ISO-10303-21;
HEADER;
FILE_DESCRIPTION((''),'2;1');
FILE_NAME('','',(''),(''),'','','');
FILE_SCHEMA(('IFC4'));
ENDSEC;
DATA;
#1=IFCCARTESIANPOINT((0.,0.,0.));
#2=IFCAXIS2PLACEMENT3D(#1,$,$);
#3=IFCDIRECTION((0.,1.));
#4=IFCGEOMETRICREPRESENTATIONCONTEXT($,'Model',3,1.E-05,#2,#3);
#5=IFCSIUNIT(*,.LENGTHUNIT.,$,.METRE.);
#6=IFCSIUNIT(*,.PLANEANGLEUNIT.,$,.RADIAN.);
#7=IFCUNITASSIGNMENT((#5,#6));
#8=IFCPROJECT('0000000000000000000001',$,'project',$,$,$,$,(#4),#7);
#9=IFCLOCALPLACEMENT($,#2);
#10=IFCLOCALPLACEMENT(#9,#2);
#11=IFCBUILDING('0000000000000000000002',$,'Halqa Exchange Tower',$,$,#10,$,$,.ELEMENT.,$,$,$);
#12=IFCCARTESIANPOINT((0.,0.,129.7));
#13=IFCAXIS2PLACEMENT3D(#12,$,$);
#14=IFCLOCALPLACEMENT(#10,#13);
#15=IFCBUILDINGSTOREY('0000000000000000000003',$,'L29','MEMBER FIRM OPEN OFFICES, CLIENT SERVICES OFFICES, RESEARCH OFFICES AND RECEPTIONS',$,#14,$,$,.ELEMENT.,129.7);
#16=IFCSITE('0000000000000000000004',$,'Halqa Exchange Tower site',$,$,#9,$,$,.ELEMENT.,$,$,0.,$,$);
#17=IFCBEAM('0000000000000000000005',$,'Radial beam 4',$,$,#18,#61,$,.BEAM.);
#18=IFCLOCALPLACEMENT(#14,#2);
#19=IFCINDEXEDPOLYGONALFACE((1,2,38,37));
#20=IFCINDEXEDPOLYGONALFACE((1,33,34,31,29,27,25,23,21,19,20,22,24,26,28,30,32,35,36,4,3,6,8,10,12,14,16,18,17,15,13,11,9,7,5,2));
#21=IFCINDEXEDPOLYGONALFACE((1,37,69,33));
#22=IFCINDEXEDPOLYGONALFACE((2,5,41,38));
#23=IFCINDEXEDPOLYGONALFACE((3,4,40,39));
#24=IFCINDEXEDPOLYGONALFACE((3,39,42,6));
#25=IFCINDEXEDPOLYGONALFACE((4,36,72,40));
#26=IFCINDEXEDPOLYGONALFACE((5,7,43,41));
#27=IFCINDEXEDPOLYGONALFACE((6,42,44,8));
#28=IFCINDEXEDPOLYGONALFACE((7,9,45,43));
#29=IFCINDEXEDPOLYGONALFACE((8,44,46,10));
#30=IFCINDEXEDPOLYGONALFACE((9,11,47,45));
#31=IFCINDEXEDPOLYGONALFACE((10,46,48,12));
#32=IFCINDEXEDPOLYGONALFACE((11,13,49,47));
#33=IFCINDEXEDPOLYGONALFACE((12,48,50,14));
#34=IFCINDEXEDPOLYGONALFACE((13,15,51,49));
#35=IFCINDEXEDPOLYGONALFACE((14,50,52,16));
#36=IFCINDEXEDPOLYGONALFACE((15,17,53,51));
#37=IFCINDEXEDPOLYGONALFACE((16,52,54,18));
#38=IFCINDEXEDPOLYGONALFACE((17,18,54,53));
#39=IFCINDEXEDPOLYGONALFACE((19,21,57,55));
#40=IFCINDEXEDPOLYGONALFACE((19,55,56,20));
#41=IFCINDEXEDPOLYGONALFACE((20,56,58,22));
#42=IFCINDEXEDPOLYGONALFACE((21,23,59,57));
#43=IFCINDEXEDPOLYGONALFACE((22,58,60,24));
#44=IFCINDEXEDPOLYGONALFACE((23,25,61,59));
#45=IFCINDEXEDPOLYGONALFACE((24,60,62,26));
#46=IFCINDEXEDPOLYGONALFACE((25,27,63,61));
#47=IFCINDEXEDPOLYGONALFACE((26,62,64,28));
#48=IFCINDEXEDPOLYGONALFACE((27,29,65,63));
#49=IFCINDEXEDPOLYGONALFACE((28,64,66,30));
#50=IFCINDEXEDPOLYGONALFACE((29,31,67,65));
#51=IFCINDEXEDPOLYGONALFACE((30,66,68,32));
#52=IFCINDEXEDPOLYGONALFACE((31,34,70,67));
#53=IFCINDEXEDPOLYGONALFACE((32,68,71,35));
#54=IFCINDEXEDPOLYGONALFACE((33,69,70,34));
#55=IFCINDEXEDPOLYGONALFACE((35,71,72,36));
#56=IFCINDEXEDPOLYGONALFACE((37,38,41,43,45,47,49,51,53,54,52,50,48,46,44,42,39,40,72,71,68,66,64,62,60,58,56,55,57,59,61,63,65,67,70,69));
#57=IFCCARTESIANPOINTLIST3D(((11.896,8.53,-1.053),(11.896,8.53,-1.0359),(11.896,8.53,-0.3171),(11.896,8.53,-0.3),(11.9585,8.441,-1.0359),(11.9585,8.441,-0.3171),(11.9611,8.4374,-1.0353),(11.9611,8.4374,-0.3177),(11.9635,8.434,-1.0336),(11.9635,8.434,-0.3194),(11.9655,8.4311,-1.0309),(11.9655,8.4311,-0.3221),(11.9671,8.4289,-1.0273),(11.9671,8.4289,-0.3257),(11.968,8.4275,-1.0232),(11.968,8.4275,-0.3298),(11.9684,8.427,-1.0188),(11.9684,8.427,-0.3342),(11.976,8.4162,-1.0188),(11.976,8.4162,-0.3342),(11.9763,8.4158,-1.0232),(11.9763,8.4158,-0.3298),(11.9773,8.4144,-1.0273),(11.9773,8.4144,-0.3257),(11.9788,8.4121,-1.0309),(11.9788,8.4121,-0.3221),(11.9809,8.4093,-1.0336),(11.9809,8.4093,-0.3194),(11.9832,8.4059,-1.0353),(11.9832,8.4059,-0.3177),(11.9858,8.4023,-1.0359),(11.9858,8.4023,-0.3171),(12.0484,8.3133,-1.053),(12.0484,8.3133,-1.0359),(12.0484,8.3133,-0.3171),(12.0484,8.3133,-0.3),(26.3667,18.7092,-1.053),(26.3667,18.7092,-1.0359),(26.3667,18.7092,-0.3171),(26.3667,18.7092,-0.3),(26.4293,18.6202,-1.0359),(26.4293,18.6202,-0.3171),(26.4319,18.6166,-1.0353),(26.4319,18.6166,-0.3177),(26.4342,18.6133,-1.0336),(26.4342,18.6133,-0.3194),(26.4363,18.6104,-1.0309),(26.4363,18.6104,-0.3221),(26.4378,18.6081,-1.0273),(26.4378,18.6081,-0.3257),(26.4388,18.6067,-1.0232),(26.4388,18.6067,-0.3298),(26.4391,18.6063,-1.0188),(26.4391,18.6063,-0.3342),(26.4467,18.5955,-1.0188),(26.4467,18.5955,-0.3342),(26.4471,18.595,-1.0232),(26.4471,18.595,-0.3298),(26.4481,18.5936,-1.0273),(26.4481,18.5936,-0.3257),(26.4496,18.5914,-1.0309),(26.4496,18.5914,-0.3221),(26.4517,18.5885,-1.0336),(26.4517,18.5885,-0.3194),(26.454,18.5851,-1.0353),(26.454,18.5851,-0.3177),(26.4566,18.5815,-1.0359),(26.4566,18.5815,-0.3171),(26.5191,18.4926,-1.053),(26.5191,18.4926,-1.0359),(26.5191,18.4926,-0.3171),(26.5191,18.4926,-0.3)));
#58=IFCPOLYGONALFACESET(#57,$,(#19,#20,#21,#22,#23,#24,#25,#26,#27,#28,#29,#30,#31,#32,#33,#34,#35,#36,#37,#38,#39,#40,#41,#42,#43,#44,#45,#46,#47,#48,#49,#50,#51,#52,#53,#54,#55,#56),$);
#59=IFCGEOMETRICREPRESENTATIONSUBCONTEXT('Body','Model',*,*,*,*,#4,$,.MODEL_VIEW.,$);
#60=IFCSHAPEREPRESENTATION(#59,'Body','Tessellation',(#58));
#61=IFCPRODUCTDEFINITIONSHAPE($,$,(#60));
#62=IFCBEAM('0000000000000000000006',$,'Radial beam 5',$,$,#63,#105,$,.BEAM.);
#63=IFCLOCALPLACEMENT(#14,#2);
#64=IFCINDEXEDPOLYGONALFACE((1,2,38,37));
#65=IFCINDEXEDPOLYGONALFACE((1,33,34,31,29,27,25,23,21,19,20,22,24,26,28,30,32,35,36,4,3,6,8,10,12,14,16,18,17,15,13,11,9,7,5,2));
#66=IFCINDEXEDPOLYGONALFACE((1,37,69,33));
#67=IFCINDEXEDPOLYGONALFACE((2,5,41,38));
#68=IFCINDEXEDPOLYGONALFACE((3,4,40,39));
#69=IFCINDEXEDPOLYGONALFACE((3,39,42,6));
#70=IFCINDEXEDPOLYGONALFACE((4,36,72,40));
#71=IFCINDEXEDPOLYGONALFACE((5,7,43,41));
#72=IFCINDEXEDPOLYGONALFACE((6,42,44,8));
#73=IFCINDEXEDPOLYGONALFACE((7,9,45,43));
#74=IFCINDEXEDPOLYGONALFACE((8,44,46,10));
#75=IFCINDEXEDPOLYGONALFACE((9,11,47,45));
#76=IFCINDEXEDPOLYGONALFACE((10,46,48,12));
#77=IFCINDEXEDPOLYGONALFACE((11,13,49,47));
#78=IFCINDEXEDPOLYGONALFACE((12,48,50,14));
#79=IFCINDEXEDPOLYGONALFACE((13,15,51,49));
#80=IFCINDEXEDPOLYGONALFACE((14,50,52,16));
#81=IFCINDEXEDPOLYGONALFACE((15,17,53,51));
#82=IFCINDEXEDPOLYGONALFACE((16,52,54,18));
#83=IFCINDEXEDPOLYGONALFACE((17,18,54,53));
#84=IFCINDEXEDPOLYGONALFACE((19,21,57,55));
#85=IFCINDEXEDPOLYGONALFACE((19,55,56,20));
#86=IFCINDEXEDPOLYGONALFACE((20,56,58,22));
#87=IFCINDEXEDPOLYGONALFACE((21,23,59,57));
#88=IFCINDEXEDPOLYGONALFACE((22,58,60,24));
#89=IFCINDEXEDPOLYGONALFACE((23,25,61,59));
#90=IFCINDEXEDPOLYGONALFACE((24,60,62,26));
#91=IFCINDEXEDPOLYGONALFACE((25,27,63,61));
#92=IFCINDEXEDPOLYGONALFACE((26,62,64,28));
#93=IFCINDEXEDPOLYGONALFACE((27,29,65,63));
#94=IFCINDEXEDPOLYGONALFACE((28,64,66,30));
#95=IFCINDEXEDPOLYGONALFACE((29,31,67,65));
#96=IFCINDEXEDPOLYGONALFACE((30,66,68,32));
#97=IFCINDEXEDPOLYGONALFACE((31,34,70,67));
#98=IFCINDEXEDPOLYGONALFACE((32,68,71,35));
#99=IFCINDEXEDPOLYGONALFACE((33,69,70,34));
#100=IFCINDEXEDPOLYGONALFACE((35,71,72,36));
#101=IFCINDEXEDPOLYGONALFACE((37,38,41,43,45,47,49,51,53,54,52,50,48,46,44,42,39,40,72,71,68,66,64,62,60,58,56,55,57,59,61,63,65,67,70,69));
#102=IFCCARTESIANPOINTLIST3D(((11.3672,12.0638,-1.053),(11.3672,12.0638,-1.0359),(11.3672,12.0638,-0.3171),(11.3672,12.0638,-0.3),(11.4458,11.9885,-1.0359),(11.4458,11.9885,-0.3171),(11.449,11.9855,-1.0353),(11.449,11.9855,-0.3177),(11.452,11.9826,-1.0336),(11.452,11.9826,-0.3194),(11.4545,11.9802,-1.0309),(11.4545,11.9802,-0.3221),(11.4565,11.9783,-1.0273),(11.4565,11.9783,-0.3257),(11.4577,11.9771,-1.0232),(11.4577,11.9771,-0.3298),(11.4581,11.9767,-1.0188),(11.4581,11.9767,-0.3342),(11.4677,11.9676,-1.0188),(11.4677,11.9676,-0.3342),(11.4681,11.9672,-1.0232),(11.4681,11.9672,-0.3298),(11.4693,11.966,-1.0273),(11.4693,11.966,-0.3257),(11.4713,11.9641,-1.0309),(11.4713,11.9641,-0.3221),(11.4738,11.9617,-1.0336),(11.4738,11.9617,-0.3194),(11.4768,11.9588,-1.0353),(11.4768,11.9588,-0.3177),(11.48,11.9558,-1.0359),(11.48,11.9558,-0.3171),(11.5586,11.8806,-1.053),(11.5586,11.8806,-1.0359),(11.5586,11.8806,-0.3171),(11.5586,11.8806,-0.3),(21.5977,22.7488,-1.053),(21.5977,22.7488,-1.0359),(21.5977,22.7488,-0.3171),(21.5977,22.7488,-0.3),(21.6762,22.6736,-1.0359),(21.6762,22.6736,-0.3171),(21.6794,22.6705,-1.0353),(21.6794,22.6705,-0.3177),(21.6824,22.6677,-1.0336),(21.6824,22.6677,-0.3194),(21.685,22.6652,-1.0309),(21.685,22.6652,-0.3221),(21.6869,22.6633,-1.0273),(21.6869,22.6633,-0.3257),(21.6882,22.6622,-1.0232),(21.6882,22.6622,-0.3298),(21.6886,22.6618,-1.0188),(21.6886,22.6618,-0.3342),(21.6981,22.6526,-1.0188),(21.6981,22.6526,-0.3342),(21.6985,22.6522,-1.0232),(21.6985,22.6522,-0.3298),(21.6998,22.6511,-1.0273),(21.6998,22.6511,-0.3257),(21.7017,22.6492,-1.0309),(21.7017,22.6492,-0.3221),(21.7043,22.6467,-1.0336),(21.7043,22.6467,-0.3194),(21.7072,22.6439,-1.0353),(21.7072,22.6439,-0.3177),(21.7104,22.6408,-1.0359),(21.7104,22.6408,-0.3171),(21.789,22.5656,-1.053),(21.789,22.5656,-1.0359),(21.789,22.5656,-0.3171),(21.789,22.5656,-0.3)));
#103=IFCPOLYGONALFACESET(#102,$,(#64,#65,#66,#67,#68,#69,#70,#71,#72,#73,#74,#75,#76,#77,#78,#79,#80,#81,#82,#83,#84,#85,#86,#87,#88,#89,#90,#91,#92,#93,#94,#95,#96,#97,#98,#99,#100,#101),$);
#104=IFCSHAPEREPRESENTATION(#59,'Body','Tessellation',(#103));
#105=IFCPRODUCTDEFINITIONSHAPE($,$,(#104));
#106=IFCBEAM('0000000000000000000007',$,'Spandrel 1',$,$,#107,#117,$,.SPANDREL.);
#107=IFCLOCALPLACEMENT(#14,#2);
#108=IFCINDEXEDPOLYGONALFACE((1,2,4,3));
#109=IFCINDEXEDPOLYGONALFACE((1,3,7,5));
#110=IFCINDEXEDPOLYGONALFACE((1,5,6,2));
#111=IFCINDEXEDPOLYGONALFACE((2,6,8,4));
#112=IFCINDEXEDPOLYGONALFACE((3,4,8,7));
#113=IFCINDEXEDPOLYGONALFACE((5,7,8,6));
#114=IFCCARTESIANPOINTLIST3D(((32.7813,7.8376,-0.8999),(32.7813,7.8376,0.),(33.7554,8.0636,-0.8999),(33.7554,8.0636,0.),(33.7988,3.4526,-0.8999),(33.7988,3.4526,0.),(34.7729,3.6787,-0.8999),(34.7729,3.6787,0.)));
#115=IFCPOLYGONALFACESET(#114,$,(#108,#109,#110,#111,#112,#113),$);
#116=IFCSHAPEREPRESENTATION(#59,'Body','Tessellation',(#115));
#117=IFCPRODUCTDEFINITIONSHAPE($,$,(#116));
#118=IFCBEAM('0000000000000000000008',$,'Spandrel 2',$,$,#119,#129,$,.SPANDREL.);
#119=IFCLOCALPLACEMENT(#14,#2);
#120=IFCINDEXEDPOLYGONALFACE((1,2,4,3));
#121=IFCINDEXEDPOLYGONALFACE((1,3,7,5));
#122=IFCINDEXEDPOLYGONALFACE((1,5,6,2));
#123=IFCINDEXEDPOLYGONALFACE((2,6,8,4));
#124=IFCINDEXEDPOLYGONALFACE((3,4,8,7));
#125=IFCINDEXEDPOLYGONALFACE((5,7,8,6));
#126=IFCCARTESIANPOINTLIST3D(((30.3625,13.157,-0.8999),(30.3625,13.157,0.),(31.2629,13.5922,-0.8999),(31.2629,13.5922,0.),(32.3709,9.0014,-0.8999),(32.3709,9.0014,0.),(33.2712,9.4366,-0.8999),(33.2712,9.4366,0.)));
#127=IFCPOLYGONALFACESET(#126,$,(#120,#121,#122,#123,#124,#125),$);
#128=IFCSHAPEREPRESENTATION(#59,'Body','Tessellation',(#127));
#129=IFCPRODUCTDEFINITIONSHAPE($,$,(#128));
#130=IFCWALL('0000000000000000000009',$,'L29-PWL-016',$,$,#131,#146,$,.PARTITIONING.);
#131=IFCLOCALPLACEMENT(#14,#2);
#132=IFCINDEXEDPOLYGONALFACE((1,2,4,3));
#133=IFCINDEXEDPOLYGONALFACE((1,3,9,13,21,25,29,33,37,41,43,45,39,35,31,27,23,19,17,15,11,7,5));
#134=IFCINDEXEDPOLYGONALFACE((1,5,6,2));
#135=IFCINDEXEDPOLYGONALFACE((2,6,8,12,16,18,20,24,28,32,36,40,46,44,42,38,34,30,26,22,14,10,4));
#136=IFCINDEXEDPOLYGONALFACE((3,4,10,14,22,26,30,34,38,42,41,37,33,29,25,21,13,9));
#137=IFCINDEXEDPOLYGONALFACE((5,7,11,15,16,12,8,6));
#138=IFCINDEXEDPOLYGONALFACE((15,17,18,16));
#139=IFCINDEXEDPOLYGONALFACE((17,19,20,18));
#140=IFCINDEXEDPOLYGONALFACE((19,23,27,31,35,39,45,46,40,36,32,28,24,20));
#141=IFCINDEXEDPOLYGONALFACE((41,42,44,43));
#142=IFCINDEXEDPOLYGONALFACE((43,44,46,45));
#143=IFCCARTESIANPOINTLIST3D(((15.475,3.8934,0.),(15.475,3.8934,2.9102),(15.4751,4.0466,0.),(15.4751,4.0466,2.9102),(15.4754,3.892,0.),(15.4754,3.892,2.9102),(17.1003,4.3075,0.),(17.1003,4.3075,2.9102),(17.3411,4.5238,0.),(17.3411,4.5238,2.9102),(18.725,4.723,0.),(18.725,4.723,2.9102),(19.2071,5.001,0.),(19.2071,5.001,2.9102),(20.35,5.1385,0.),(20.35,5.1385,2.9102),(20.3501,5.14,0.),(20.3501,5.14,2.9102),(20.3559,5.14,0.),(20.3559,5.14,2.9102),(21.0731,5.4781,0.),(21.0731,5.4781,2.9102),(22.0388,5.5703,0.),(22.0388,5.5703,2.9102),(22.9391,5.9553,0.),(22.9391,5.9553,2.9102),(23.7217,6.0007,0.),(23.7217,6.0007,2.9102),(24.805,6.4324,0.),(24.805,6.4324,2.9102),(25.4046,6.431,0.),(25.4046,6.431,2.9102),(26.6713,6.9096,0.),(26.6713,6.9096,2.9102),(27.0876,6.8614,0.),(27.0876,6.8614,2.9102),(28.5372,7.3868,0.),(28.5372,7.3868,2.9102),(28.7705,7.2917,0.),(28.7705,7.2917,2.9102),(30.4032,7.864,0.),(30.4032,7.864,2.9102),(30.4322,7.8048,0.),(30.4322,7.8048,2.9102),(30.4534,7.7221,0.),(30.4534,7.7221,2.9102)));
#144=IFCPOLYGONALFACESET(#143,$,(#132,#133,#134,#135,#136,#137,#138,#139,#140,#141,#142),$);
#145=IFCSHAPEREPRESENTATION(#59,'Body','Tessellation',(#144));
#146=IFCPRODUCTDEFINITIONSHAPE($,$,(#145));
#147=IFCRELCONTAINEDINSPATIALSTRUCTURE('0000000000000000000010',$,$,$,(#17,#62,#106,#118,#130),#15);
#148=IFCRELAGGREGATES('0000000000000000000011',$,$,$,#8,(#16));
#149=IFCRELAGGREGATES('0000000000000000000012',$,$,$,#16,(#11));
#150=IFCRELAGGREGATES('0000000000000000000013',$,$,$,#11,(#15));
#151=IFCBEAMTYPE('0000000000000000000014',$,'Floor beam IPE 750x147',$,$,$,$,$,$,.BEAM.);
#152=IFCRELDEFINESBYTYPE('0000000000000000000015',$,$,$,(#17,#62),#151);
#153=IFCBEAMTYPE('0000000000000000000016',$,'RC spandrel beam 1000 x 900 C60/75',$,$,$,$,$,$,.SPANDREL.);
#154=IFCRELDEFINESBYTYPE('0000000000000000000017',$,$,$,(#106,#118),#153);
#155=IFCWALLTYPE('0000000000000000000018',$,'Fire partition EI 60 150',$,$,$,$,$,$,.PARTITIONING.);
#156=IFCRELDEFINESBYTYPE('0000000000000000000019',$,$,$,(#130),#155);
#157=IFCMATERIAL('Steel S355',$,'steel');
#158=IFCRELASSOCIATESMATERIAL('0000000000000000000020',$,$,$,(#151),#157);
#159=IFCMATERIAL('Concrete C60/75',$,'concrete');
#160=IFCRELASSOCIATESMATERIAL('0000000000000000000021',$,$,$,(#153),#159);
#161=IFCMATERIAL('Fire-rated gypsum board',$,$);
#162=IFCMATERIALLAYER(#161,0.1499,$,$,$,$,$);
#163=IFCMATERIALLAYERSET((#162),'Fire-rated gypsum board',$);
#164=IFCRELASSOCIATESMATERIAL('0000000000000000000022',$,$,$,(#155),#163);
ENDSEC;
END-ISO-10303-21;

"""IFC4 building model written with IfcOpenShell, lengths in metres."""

from ifc_helpers import new_model, si_unit, direction, frame, origin, origin_2d, place, context, subcontext, project, spatial, polyline, rectangle, i_section, outline, extrude, material, layer, layer_set, material_profile, profile_set, type_object, element, save


model = new_model("IFC4")

# Units and contexts
model_context = context("Model", 3, precision=1e-05, world=origin(), true_north=direction((0.0, 1.0)))
body_context = subcontext(model_context, "Body", "Model", "MODEL_VIEW")
ifc_project = project(units=[si_unit("LENGTHUNIT", "METRE"), si_unit("PLANEANGLEUNIT", "RADIAN")], contexts=[model_context])

# Site, building, storey
site_placement = place(None, origin())
site = spatial("IfcSite", under=ifc_project, at=site_placement, Name="Halqa Exchange Tower site", CompositionType="ELEMENT", RefElevation=0.0)
building_placement = place(site_placement, origin())
building = spatial("IfcBuilding", under=site, at=building_placement, Name="Halqa Exchange Tower", CompositionType="ELEMENT")
storey_placement = place(building_placement, frame((0.0, 0.0, 129.7)))
storey = spatial("IfcBuildingStorey", under=building, at=storey_placement, Name="L29", Description="MEMBER FIRM OPEN OFFICES, CLIENT SERVICES OFFICES, RESEARCH OFFICES AND RECEPTIONS", CompositionType="ELEMENT", Elevation=129.7)

# Beams
ifc_material_1 = material(Name="Steel S355", Category="steel")
ifc_material_profile_1 = material_profile(ifc_material_1, i_section(OverallWidth=0.2649, OverallDepth=0.7529, WebThickness=0.0132, FlangeThickness=0.0171, FilletRadius=0.0171, at=origin_2d()), Name="IPE 750x147")
ifc_profile_set_1 = profile_set([ifc_material_profile_1], Name="Steel S355")
beam_type_1 = type_object("IfcBeamType", Name="Floor beam IPE 750x147", PredefinedType="BEAM", material=ifc_profile_set_1)
beam_1_placement = place(storey_placement, frame((11.9722, 8.4216, -0.6765), z_axis=(0.81791, 0.575346, 0.0), x_axis=(-0.575346, 0.81791, 0.0)))
element("IfcBeam", 1, at=beam_1_placement, inside=storey, type_object=beam_type_1, Name="Radial beam 4", PredefinedType="BEAM", context=body_context, shape_type="SweptSolid", body=[
    extrude(i_section(OverallWidth=0.2649, OverallDepth=0.7529, WebThickness=0.0132, FlangeThickness=0.0171, FilletRadius=0.0171, at=origin_2d()), origin(), (0.0, 0.0, 1.0), 17.6924),
])
beam_2_placement = place(storey_placement, frame((11.4629, 11.9722, -0.6765), z_axis=(0.691575, 0.722305, 0.0), x_axis=(-0.722305, 0.691575, 0.0)))
element("IfcBeam", 2, at=beam_2_placement, inside=storey, type_object=beam_type_1, Name="Radial beam 5", PredefinedType="BEAM", context=body_context, shape_type="SweptSolid", body=[
    extrude(i_section(OverallWidth=0.2649, OverallDepth=0.7529, WebThickness=0.0132, FlangeThickness=0.0171, FilletRadius=0.0171, at=origin_2d()), origin(), (0.0, 0.0, 1.0), 14.793),
])
ifc_material_2 = material(Name="Concrete C60/75", Category="concrete")
ifc_material_profile_2 = material_profile(ifc_material_2, rectangle(XDim=1.0, YDim=0.8999, at=origin_2d()), Name="1000 x 900")
ifc_profile_set_2 = profile_set([ifc_material_profile_2], Name="Concrete C60/75")
beam_type_2 = type_object("IfcBeamType", Name="RC spandrel beam 1000 x 900 C60/75", PredefinedType="SPANDREL", material=ifc_profile_set_2)
beam_3_placement = place(storey_placement, frame((34.2859, 3.5657, -0.45), z_axis=(-0.226052, 0.974115, 0.0), x_axis=(-0.974115, -0.226052, 0.0)))
element("IfcBeam", 3, at=beam_3_placement, inside=storey, type_object=beam_type_2, Name="Spandrel 1", PredefinedType="SPANDREL", context=body_context, shape_type="SweptSolid", body=[
    extrude(rectangle(XDim=1.0, YDim=0.8999, at=origin_2d()), origin(), (0.0, 0.0, 1.0), 4.5015),
])
beam_4_placement = place(storey_placement, frame((32.821, 9.219, -0.45), z_axis=(-0.435134, 0.900366, 0.0), x_axis=(-0.900366, -0.435134, 0.0)))
element("IfcBeam", 4, at=beam_4_placement, inside=storey, type_object=beam_type_2, Name="Spandrel 2", PredefinedType="SPANDREL", context=body_context, shape_type="SweptSolid", body=[
    extrude(rectangle(XDim=1.0, YDim=0.8999, at=origin_2d()), origin(), (0.0, 0.0, 1.0), 4.6155),
])

# Wall
ifc_material_3 = material(Name="Fire-rated gypsum board")
ifc_layer_1 = layer(ifc_material_3, 0.1499)
ifc_layer_set_1 = layer_set([ifc_layer_1], Name="Fire-rated gypsum board")
wall_type_1 = type_object("IfcWallType", Name="Fire partition EI 60 150", PredefinedType="PARTITIONING", material=ifc_layer_set_1)
wall_1_placement = place(storey_placement, frame((15.4568, 3.9646, 0.0), z_axis=(0.0, 0.0, 1.0), x_axis=(0.968826, 0.247742, 0.0)))
element("IfcWall", 5, at=wall_1_placement, inside=storey, type_object=wall_type_1, Name="L29-PWL-016", PredefinedType="PARTITIONING", context=body_context, shape_type="SweptSolid", body=[
    extrude(outline(polyline([(0.0, -0.075), (1.6772, -0.075), (3.3542, -0.075), (5.0315, -0.075), (5.032, -0.0735), (5.0376, -0.075), (6.7747, -0.075), (8.5117, -0.075), (10.2488, -0.075), (11.9858, -0.075), (13.7229, -0.075), (15.46, -0.075), (15.46, 0.0105), (15.4465, 0.075), (13.5205, 0.075), (11.5945, 0.075), (9.6682, 0.075), (7.7422, 0.075), (5.8162, 0.075), (3.8901, 0.075), (1.9641, 0.075), (0.0381, 0.075), (0.0, -0.0735), (0.0, -0.075)])), origin(), (0.0, 0.0, 1.0), 2.9102),
])

save(model, "model.ifc")
